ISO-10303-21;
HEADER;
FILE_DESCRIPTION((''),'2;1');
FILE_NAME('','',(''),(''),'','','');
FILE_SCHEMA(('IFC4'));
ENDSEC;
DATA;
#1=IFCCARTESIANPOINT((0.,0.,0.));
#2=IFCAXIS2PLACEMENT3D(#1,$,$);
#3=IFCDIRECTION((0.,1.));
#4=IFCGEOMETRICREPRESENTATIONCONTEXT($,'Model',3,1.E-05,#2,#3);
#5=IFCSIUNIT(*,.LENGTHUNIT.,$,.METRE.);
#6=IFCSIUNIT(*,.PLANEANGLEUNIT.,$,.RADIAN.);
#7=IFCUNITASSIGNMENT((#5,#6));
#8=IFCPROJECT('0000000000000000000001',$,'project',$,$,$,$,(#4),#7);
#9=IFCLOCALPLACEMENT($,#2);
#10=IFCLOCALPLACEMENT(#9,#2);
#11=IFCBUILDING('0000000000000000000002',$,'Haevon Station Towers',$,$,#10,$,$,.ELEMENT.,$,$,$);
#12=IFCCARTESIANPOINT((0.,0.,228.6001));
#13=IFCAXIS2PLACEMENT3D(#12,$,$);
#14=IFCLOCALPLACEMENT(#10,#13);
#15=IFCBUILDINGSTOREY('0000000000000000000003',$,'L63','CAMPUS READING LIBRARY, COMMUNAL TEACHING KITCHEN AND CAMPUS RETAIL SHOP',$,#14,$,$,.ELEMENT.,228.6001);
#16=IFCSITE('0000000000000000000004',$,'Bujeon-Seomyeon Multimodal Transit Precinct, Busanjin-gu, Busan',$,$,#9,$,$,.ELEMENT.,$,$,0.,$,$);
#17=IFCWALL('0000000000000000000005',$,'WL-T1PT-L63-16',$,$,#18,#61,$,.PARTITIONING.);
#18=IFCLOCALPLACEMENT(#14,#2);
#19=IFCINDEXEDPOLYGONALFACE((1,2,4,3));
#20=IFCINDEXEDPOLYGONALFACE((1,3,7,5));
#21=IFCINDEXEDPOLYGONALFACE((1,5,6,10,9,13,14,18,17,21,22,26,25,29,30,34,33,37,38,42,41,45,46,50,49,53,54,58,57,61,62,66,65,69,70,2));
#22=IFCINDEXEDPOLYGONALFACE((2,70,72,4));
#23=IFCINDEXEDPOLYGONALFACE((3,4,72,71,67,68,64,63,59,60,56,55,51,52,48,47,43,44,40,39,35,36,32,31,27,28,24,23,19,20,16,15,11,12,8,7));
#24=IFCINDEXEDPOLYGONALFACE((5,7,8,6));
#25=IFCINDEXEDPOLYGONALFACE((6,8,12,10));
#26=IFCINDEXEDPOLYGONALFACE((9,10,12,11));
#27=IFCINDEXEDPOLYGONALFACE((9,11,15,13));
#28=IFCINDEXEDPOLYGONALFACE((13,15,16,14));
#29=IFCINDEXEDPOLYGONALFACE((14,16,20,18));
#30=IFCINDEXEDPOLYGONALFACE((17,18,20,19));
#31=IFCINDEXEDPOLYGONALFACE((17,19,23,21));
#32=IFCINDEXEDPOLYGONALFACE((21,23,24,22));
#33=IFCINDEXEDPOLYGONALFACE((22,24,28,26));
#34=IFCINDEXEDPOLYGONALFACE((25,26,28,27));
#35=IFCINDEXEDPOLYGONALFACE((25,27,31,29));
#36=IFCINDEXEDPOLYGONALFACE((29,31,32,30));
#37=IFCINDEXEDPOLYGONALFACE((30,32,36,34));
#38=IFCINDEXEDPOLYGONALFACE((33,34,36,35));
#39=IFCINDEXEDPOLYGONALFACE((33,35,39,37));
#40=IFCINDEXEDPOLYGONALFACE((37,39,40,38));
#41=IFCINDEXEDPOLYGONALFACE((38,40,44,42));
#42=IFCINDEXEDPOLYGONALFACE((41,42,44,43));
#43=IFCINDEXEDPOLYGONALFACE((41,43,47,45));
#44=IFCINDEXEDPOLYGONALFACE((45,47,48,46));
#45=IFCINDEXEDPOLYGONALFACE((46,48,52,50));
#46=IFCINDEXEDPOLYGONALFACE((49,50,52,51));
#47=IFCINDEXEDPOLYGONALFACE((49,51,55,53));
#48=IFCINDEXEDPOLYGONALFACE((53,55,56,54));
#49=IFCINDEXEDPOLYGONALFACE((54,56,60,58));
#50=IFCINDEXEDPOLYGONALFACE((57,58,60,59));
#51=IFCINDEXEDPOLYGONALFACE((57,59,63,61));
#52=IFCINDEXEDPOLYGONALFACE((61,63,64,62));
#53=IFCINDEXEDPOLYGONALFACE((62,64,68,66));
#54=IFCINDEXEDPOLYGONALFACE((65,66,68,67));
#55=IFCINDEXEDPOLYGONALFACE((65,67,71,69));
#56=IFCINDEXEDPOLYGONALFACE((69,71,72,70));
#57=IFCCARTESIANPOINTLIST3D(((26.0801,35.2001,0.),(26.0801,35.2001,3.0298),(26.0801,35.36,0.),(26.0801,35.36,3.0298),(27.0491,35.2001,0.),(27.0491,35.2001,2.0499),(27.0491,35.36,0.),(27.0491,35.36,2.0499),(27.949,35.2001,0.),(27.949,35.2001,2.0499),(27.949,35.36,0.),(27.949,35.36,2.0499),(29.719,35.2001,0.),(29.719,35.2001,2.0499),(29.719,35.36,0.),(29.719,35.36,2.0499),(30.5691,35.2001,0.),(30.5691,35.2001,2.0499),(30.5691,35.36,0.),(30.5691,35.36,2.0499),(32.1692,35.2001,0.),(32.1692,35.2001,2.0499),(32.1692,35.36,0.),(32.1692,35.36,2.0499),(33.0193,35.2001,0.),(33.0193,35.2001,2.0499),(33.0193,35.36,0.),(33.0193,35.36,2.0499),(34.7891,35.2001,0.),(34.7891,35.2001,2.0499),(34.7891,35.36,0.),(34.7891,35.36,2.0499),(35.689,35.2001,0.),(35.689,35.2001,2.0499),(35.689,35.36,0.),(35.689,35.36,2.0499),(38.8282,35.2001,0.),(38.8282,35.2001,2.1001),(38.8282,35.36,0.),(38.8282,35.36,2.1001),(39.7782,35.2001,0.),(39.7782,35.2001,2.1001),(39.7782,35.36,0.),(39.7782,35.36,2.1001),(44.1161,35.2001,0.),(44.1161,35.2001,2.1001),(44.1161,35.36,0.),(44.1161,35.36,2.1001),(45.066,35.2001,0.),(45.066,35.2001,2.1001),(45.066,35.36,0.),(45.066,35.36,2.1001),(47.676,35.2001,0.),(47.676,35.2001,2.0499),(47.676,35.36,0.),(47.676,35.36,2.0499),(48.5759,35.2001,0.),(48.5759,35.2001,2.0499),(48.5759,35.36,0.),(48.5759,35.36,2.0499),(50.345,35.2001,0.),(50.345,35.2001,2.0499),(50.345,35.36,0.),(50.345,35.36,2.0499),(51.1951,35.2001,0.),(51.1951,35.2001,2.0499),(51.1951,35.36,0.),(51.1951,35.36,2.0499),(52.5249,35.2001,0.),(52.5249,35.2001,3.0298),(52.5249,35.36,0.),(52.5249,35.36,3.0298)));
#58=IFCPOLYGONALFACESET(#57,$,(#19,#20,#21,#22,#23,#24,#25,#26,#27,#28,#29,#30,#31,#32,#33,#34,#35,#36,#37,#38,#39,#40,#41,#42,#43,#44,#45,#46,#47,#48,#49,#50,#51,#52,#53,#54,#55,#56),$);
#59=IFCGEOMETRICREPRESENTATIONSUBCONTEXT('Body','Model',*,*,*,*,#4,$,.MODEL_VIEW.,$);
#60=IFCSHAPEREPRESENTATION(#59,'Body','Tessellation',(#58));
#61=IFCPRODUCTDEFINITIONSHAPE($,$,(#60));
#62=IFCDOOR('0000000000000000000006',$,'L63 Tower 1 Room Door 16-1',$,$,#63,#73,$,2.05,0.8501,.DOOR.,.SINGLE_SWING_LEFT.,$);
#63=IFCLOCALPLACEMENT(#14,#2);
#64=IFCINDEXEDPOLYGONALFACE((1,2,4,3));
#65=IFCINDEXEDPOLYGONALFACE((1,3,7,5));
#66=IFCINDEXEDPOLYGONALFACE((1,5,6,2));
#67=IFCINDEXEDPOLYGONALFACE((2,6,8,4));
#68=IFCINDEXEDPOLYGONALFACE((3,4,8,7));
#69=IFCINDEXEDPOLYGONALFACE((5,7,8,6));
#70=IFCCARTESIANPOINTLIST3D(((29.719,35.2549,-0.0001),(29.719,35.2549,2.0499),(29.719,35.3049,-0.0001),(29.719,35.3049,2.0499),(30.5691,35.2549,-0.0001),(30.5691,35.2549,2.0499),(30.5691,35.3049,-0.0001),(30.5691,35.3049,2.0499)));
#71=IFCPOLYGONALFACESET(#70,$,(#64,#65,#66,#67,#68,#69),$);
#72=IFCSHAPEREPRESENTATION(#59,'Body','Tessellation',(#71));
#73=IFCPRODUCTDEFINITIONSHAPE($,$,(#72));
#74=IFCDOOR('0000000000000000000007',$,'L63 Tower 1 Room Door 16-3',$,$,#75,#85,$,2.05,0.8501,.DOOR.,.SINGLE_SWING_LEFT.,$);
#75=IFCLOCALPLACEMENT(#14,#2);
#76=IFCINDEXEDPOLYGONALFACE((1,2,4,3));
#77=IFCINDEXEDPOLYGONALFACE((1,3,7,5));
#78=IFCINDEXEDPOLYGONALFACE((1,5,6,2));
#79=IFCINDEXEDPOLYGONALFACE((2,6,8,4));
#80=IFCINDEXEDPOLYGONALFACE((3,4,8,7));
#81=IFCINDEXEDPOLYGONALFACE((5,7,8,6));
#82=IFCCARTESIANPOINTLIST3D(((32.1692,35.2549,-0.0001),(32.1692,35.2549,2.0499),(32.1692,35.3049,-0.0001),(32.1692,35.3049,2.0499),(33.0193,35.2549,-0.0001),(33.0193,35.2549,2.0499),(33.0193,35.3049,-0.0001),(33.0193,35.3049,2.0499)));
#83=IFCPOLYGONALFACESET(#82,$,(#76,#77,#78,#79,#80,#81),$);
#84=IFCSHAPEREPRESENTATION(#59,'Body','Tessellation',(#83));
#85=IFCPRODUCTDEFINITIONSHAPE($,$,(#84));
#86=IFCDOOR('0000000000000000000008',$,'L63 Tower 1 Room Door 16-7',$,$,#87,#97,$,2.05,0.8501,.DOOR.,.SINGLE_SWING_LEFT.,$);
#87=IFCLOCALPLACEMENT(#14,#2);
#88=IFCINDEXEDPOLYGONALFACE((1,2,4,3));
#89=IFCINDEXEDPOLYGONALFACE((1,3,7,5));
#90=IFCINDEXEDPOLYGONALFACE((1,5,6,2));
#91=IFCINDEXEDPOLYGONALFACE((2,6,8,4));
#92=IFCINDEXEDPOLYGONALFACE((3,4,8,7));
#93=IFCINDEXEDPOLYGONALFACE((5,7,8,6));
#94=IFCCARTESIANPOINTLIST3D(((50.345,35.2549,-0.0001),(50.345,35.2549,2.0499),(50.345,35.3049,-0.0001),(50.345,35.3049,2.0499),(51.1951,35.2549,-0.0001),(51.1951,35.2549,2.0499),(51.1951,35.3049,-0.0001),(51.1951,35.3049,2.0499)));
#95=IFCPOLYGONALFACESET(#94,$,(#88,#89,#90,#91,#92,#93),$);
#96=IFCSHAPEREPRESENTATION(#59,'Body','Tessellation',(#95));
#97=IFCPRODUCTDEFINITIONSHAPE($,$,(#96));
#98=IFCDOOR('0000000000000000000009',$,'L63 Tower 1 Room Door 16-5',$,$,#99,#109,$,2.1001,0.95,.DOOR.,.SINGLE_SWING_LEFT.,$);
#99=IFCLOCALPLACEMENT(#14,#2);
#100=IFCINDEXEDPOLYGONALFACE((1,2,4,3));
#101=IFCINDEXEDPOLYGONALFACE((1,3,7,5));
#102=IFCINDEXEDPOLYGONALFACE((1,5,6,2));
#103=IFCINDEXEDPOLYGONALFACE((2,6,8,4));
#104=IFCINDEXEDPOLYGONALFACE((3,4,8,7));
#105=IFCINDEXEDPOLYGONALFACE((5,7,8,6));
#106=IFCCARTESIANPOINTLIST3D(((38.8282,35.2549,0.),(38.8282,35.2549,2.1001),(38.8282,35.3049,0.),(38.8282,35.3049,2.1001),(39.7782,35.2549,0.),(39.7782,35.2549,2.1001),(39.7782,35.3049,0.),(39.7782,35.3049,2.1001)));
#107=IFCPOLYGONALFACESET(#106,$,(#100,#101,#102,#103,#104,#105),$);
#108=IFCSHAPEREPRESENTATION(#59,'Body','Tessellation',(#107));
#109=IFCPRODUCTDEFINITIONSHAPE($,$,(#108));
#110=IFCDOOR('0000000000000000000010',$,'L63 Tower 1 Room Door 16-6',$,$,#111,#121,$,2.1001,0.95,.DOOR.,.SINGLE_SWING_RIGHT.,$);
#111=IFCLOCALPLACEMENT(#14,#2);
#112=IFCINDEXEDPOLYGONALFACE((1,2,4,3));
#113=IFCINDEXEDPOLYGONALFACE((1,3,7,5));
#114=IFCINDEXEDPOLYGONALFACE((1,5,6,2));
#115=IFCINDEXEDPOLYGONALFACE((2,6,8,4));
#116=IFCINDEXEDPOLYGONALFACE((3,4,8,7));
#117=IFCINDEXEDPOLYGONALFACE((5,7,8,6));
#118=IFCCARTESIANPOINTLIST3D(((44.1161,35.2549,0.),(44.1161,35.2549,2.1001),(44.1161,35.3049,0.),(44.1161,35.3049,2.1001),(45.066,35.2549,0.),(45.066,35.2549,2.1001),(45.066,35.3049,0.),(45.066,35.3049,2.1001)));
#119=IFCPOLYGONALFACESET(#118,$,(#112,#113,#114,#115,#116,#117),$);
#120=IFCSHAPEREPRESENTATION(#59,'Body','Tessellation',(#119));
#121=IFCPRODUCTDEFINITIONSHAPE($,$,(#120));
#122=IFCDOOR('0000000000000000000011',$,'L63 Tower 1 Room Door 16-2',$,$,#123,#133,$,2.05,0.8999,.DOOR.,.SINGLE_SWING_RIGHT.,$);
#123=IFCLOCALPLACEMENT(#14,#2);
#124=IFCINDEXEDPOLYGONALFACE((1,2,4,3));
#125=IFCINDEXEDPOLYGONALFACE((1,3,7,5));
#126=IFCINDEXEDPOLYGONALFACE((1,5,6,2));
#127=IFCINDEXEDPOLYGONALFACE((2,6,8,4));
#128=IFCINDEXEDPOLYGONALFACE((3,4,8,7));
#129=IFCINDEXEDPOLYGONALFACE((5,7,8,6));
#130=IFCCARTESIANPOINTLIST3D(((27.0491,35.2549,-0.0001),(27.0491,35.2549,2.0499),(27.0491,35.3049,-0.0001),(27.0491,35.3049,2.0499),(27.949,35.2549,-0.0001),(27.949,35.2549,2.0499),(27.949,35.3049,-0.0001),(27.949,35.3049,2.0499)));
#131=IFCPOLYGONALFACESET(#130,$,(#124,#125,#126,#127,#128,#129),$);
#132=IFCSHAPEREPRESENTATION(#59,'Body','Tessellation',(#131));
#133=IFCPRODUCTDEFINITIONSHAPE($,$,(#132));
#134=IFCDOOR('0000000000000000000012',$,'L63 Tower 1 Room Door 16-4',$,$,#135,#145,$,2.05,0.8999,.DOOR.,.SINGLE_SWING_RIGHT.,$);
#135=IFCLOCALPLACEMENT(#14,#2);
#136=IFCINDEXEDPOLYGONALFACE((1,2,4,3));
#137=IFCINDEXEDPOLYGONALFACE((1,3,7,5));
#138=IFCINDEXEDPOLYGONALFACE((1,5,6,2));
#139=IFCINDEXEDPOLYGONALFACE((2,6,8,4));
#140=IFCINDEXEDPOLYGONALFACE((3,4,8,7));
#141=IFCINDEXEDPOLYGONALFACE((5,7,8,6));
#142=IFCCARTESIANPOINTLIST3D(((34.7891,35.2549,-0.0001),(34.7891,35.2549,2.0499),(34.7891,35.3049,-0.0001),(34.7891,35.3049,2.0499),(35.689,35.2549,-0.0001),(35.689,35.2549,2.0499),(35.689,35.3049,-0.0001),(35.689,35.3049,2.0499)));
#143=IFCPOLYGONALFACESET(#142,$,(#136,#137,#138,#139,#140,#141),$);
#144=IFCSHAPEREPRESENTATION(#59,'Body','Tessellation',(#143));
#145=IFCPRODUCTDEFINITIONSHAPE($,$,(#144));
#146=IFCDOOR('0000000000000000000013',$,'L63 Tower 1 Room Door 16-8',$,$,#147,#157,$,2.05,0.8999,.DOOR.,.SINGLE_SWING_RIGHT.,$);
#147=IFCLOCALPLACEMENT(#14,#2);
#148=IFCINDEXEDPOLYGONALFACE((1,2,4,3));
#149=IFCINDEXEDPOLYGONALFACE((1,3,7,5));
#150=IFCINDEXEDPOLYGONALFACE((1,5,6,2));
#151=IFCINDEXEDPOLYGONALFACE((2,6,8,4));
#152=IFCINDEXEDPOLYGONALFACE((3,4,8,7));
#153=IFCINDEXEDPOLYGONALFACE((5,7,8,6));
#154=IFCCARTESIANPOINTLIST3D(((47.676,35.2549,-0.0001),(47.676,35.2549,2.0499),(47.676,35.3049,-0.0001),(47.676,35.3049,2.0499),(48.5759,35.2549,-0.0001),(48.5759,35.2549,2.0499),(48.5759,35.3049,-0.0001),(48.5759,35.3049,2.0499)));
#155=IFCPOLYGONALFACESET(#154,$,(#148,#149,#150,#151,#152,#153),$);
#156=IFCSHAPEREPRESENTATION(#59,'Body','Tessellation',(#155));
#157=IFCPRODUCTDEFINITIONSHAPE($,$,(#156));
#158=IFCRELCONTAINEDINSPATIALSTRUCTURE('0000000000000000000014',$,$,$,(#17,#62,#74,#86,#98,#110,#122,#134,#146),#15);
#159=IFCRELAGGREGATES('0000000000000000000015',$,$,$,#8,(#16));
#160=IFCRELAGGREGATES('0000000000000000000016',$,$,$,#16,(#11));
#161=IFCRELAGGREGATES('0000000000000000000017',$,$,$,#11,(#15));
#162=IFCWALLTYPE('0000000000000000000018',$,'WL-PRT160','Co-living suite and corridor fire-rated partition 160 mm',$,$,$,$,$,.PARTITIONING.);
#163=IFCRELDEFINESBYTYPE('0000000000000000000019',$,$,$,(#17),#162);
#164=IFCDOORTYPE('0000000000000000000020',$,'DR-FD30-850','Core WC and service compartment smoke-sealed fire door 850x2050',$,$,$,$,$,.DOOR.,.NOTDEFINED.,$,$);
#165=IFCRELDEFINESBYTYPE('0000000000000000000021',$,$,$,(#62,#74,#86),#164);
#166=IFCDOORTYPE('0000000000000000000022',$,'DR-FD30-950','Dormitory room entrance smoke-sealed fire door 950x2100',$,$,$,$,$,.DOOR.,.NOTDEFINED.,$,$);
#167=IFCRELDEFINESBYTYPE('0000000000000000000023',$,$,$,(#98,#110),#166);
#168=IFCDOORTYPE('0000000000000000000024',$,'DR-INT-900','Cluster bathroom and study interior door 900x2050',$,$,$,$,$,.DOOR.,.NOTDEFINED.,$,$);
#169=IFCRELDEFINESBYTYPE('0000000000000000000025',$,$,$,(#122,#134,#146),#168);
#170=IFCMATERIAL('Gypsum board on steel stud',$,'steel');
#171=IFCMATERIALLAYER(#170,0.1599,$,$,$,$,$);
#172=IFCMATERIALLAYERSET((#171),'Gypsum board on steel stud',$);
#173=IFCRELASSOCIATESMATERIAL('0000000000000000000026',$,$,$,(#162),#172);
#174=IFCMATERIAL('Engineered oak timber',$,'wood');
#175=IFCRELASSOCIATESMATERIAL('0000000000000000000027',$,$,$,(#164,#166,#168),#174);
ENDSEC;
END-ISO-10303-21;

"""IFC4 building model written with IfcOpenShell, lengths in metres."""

from ifc_helpers import new_model, si_unit, direction, frame, frame_2d, origin, place, context, subcontext, project, spatial, rectangle, extrude, material, layer, layer_set, type_object, element, fill, save


model = new_model("IFC4")

# Units and contexts
model_context = context("Model", 3, precision=1e-05, world=origin(), true_north=direction((0.0, 1.0)))
body_context = subcontext(model_context, "Body", "Model", "MODEL_VIEW")
ifc_project = project(units=[si_unit("LENGTHUNIT", "METRE"), si_unit("PLANEANGLEUNIT", "RADIAN")], contexts=[model_context])

# Site, building, storey
site_placement = place(None, origin())
site = spatial("IfcSite", under=ifc_project, at=site_placement, Name="Bujeon-Seomyeon Multimodal Transit Precinct, Busanjin-gu, Busan", CompositionType="ELEMENT", RefElevation=0.0)
building_placement = place(site_placement, origin())
building = spatial("IfcBuilding", under=site, at=building_placement, Name="Haevon Station Towers", CompositionType="ELEMENT")
storey_placement = place(building_placement, frame((0.0, 0.0, 228.6001)))
storey = spatial("IfcBuildingStorey", under=building, at=storey_placement, Name="L63", Description="CAMPUS READING LIBRARY, COMMUNAL TEACHING KITCHEN AND CAMPUS RETAIL SHOP", CompositionType="ELEMENT", Elevation=228.6001)

# Shared definitions
ifc_material_1 = material(Name="Gypsum board on steel stud", Category="steel")
ifc_material_2 = material(Name="Engineered oak timber", Category="wood")

# Wall, openings, doors
ifc_layer_1 = layer(ifc_material_1, 0.1599)
ifc_layer_set_1 = layer_set([ifc_layer_1], Name="Gypsum board on steel stud")
wall_type_1 = type_object("IfcWallType", Name="WL-PRT160", Description="Co-living suite and corridor fire-rated partition 160 mm", PredefinedType="PARTITIONING", material=ifc_layer_set_1)
wall_1_placement = place(storey_placement, frame((26.0801, 35.28, 0.0), z_axis=(0.0, 0.0, 1.0), x_axis=(1.0, 0.0, 0.0)))
wall_1 = element("IfcWall", 1, at=wall_1_placement, inside=storey, type_object=wall_type_1, Name="WL-T1PT-L63-16", PredefinedType="PARTITIONING", context=body_context, shape_type="SweptSolid", body=[
    extrude(rectangle(XDim=26.4448, YDim=0.1599, at=frame_2d((13.2224, 0.0))), origin(), (0.0, 0.0, 1.0), 3.0298),
])
opening_1_placement = place(wall_1_placement, frame((3.6389, 0.0, 0.0)))
opening_1 = element("IfcOpeningElement", 2, at=opening_1_placement, cuts=wall_1, PredefinedType="OPENING", context=body_context, shape_type="SweptSolid", body=[
    extrude(rectangle(XDim=0.8501, YDim=2.05, at=frame_2d((0.425, 1.0249))), frame((0.0, 0.0898, 0.0), z_axis=(0.0, -1.0, 0.0), x_axis=(1.0, 0.0, 0.0)), (0.0, 0.0, 1.0), 0.1799),
])
opening_2_placement = place(wall_1_placement, frame((0.969, 0.0, 0.0)))
opening_2 = element("IfcOpeningElement", 3, at=opening_2_placement, cuts=wall_1, PredefinedType="OPENING", context=body_context, shape_type="SweptSolid", body=[
    extrude(rectangle(XDim=0.8999, YDim=2.05, at=frame_2d((0.45, 1.0249))), frame((0.0, 0.0898, 0.0), z_axis=(0.0, -1.0, 0.0), x_axis=(1.0, 0.0, 0.0)), (0.0, 0.0, 1.0), 0.1799),
])
opening_3_placement = place(wall_1_placement, frame((6.0891, 0.0, 0.0)))
opening_3 = element("IfcOpeningElement", 4, at=opening_3_placement, cuts=wall_1, PredefinedType="OPENING", context=body_context, shape_type="SweptSolid", body=[
    extrude(rectangle(XDim=0.8501, YDim=2.05, at=frame_2d((0.425, 1.0249))), frame((0.0, 0.0898, 0.0), z_axis=(0.0, -1.0, 0.0), x_axis=(1.0, 0.0, 0.0)), (0.0, 0.0, 1.0), 0.1799),
])
opening_4_placement = place(wall_1_placement, frame((8.709, 0.0, 0.0)))
opening_4 = element("IfcOpeningElement", 5, at=opening_4_placement, cuts=wall_1, PredefinedType="OPENING", context=body_context, shape_type="SweptSolid", body=[
    extrude(rectangle(XDim=0.8999, YDim=2.05, at=frame_2d((0.45, 1.0249))), frame((0.0, 0.0898, 0.0), z_axis=(0.0, -1.0, 0.0), x_axis=(1.0, 0.0, 0.0)), (0.0, 0.0, 1.0), 0.1799),
])
opening_5_placement = place(wall_1_placement, frame((12.748, 0.0, 0.0)))
opening_5 = element("IfcOpeningElement", 6, at=opening_5_placement, cuts=wall_1, PredefinedType="OPENING", context=body_context, shape_type="SweptSolid", body=[
    extrude(rectangle(XDim=0.95, YDim=2.1001, at=frame_2d((0.4751, 1.05))), frame((0.0, 0.0898, 0.0), z_axis=(0.0, -1.0, 0.0), x_axis=(1.0, 0.0, 0.0)), (0.0, 0.0, 1.0), 0.1799),
])
opening_6_placement = place(wall_1_placement, frame((18.0359, 0.0, 0.0)))
opening_6 = element("IfcOpeningElement", 7, at=opening_6_placement, cuts=wall_1, PredefinedType="OPENING", context=body_context, shape_type="SweptSolid", body=[
    extrude(rectangle(XDim=0.95, YDim=2.1001, at=frame_2d((0.4751, 1.05))), frame((0.0, 0.0898, 0.0), z_axis=(0.0, -1.0, 0.0), x_axis=(1.0, 0.0, 0.0)), (0.0, 0.0, 1.0), 0.1799),
])
opening_7_placement = place(wall_1_placement, frame((24.2649, 0.0, 0.0)))
opening_7 = element("IfcOpeningElement", 8, at=opening_7_placement, cuts=wall_1, PredefinedType="OPENING", context=body_context, shape_type="SweptSolid", body=[
    extrude(rectangle(XDim=0.8501, YDim=2.05, at=frame_2d((0.425, 1.0249))), frame((0.0, 0.0898, 0.0), z_axis=(0.0, -1.0, 0.0), x_axis=(1.0, 0.0, 0.0)), (0.0, 0.0, 1.0), 0.1799),
])
opening_8_placement = place(wall_1_placement, frame((21.5959, 0.0, 0.0)))
opening_8 = element("IfcOpeningElement", 9, at=opening_8_placement, cuts=wall_1, PredefinedType="OPENING", context=body_context, shape_type="SweptSolid", body=[
    extrude(rectangle(XDim=0.8999, YDim=2.05, at=frame_2d((0.45, 1.0249))), frame((0.0, 0.0898, 0.0), z_axis=(0.0, -1.0, 0.0), x_axis=(1.0, 0.0, 0.0)), (0.0, 0.0, 1.0), 0.1799),
])
door_type_1 = type_object("IfcDoorType", Name="DR-FD30-850", Description="Core WC and service compartment smoke-sealed fire door 850x2050", OperationType="NOTDEFINED", PredefinedType="DOOR", material=ifc_material_2)
door_1_placement = place(opening_1_placement, origin())
door_1 = element("IfcDoor", 10, at=door_1_placement, inside=storey, type_object=door_type_1, Name="L63 Tower 1 Room Door 16-1", OperationType="SINGLE_SWING_LEFT", OverallHeight=2.05, OverallWidth=0.8501, PredefinedType="DOOR", context=body_context, shape_type="SweptSolid", body=[
    extrude(rectangle(XDim=0.8501, YDim=2.05, at=frame_2d((0.425, 1.0249))), frame((0.0, 0.0249, 0.0), z_axis=(0.0, -1.0, 0.0), x_axis=(1.0, 0.0, 0.0)), (0.0, 0.0, 1.0), 0.05),
])
fill(opening_1, door_1)
door_2_placement = place(opening_3_placement, origin())
door_2 = element("IfcDoor", 11, at=door_2_placement, inside=storey, type_object=door_type_1, Name="L63 Tower 1 Room Door 16-3", OperationType="SINGLE_SWING_LEFT", OverallHeight=2.05, OverallWidth=0.8501, PredefinedType="DOOR", context=body_context, shape_type="SweptSolid", body=[
    extrude(rectangle(XDim=0.8501, YDim=2.05, at=frame_2d((0.425, 1.0249))), frame((0.0, 0.0249, 0.0), z_axis=(0.0, -1.0, 0.0), x_axis=(1.0, 0.0, 0.0)), (0.0, 0.0, 1.0), 0.05),
])
fill(opening_3, door_2)
door_3_placement = place(opening_7_placement, origin())
door_3 = element("IfcDoor", 12, at=door_3_placement, inside=storey, type_object=door_type_1, Name="L63 Tower 1 Room Door 16-7", OperationType="SINGLE_SWING_LEFT", OverallHeight=2.05, OverallWidth=0.8501, PredefinedType="DOOR", context=body_context, shape_type="SweptSolid", body=[
    extrude(rectangle(XDim=0.8501, YDim=2.05, at=frame_2d((0.425, 1.0249))), frame((0.0, 0.0249, 0.0), z_axis=(0.0, -1.0, 0.0), x_axis=(1.0, 0.0, 0.0)), (0.0, 0.0, 1.0), 0.05),
])
fill(opening_7, door_3)
door_type_2 = type_object("IfcDoorType", Name="DR-FD30-950", Description="Dormitory room entrance smoke-sealed fire door 950x2100", OperationType="NOTDEFINED", PredefinedType="DOOR", material=ifc_material_2)
door_4_placement = place(opening_5_placement, origin())
door_4 = element("IfcDoor", 13, at=door_4_placement, inside=storey, type_object=door_type_2, Name="L63 Tower 1 Room Door 16-5", OperationType="SINGLE_SWING_LEFT", OverallHeight=2.1001, OverallWidth=0.95, PredefinedType="DOOR", context=body_context, shape_type="SweptSolid", body=[
    extrude(rectangle(XDim=0.95, YDim=2.1001, at=frame_2d((0.4751, 1.05))), frame((0.0, 0.0249, 0.0), z_axis=(0.0, -1.0, 0.0), x_axis=(1.0, 0.0, 0.0)), (0.0, 0.0, 1.0), 0.05),
])
fill(opening_5, door_4)
door_5_placement = place(opening_6_placement, origin())
door_5 = element("IfcDoor", 14, at=door_5_placement, inside=storey, type_object=door_type_2, Name="L63 Tower 1 Room Door 16-6", OperationType="SINGLE_SWING_RIGHT", OverallHeight=2.1001, OverallWidth=0.95, PredefinedType="DOOR", context=body_context, shape_type="SweptSolid", body=[
    extrude(rectangle(XDim=0.95, YDim=2.1001, at=frame_2d((0.4751, 1.05))), frame((0.0, 0.0249, 0.0), z_axis=(0.0, -1.0, 0.0), x_axis=(1.0, 0.0, 0.0)), (0.0, 0.0, 1.0), 0.05),
])
fill(opening_6, door_5)
door_type_3 = type_object("IfcDoorType", Name="DR-INT-900", Description="Cluster bathroom and study interior door 900x2050", OperationType="NOTDEFINED", PredefinedType="DOOR", material=ifc_material_2)
door_6_placement = place(opening_2_placement, origin())
door_6 = element("IfcDoor", 15, at=door_6_placement, inside=storey, type_object=door_type_3, Name="L63 Tower 1 Room Door 16-2", OperationType="SINGLE_SWING_RIGHT", OverallHeight=2.05, OverallWidth=0.8999, PredefinedType="DOOR", context=body_context, shape_type="SweptSolid", body=[
    extrude(rectangle(XDim=0.8999, YDim=2.05, at=frame_2d((0.45, 1.0249))), frame((0.0, 0.0249, 0.0), z_axis=(0.0, -1.0, 0.0), x_axis=(1.0, 0.0, 0.0)), (0.0, 0.0, 1.0), 0.05),
])
fill(opening_2, door_6)
door_7_placement = place(opening_4_placement, origin())
door_7 = element("IfcDoor", 16, at=door_7_placement, inside=storey, type_object=door_type_3, Name="L63 Tower 1 Room Door 16-4", OperationType="SINGLE_SWING_RIGHT", OverallHeight=2.05, OverallWidth=0.8999, PredefinedType="DOOR", context=body_context, shape_type="SweptSolid", body=[
    extrude(rectangle(XDim=0.8999, YDim=2.05, at=frame_2d((0.45, 1.0249))), frame((0.0, 0.0249, 0.0), z_axis=(0.0, -1.0, 0.0), x_axis=(1.0, 0.0, 0.0)), (0.0, 0.0, 1.0), 0.05),
])
fill(opening_4, door_7)
door_8_placement = place(opening_8_placement, origin())
door_8 = element("IfcDoor", 17, at=door_8_placement, inside=storey, type_object=door_type_3, Name="L63 Tower 1 Room Door 16-8", OperationType="SINGLE_SWING_RIGHT", OverallHeight=2.05, OverallWidth=0.8999, PredefinedType="DOOR", context=body_context, shape_type="SweptSolid", body=[
    extrude(rectangle(XDim=0.8999, YDim=2.05, at=frame_2d((0.45, 1.0249))), frame((0.0, 0.0249, 0.0), z_axis=(0.0, -1.0, 0.0), x_axis=(1.0, 0.0, 0.0)), (0.0, 0.0, 1.0), 0.05),
])
fill(opening_8, door_8)

save(model, "model.ifc")
